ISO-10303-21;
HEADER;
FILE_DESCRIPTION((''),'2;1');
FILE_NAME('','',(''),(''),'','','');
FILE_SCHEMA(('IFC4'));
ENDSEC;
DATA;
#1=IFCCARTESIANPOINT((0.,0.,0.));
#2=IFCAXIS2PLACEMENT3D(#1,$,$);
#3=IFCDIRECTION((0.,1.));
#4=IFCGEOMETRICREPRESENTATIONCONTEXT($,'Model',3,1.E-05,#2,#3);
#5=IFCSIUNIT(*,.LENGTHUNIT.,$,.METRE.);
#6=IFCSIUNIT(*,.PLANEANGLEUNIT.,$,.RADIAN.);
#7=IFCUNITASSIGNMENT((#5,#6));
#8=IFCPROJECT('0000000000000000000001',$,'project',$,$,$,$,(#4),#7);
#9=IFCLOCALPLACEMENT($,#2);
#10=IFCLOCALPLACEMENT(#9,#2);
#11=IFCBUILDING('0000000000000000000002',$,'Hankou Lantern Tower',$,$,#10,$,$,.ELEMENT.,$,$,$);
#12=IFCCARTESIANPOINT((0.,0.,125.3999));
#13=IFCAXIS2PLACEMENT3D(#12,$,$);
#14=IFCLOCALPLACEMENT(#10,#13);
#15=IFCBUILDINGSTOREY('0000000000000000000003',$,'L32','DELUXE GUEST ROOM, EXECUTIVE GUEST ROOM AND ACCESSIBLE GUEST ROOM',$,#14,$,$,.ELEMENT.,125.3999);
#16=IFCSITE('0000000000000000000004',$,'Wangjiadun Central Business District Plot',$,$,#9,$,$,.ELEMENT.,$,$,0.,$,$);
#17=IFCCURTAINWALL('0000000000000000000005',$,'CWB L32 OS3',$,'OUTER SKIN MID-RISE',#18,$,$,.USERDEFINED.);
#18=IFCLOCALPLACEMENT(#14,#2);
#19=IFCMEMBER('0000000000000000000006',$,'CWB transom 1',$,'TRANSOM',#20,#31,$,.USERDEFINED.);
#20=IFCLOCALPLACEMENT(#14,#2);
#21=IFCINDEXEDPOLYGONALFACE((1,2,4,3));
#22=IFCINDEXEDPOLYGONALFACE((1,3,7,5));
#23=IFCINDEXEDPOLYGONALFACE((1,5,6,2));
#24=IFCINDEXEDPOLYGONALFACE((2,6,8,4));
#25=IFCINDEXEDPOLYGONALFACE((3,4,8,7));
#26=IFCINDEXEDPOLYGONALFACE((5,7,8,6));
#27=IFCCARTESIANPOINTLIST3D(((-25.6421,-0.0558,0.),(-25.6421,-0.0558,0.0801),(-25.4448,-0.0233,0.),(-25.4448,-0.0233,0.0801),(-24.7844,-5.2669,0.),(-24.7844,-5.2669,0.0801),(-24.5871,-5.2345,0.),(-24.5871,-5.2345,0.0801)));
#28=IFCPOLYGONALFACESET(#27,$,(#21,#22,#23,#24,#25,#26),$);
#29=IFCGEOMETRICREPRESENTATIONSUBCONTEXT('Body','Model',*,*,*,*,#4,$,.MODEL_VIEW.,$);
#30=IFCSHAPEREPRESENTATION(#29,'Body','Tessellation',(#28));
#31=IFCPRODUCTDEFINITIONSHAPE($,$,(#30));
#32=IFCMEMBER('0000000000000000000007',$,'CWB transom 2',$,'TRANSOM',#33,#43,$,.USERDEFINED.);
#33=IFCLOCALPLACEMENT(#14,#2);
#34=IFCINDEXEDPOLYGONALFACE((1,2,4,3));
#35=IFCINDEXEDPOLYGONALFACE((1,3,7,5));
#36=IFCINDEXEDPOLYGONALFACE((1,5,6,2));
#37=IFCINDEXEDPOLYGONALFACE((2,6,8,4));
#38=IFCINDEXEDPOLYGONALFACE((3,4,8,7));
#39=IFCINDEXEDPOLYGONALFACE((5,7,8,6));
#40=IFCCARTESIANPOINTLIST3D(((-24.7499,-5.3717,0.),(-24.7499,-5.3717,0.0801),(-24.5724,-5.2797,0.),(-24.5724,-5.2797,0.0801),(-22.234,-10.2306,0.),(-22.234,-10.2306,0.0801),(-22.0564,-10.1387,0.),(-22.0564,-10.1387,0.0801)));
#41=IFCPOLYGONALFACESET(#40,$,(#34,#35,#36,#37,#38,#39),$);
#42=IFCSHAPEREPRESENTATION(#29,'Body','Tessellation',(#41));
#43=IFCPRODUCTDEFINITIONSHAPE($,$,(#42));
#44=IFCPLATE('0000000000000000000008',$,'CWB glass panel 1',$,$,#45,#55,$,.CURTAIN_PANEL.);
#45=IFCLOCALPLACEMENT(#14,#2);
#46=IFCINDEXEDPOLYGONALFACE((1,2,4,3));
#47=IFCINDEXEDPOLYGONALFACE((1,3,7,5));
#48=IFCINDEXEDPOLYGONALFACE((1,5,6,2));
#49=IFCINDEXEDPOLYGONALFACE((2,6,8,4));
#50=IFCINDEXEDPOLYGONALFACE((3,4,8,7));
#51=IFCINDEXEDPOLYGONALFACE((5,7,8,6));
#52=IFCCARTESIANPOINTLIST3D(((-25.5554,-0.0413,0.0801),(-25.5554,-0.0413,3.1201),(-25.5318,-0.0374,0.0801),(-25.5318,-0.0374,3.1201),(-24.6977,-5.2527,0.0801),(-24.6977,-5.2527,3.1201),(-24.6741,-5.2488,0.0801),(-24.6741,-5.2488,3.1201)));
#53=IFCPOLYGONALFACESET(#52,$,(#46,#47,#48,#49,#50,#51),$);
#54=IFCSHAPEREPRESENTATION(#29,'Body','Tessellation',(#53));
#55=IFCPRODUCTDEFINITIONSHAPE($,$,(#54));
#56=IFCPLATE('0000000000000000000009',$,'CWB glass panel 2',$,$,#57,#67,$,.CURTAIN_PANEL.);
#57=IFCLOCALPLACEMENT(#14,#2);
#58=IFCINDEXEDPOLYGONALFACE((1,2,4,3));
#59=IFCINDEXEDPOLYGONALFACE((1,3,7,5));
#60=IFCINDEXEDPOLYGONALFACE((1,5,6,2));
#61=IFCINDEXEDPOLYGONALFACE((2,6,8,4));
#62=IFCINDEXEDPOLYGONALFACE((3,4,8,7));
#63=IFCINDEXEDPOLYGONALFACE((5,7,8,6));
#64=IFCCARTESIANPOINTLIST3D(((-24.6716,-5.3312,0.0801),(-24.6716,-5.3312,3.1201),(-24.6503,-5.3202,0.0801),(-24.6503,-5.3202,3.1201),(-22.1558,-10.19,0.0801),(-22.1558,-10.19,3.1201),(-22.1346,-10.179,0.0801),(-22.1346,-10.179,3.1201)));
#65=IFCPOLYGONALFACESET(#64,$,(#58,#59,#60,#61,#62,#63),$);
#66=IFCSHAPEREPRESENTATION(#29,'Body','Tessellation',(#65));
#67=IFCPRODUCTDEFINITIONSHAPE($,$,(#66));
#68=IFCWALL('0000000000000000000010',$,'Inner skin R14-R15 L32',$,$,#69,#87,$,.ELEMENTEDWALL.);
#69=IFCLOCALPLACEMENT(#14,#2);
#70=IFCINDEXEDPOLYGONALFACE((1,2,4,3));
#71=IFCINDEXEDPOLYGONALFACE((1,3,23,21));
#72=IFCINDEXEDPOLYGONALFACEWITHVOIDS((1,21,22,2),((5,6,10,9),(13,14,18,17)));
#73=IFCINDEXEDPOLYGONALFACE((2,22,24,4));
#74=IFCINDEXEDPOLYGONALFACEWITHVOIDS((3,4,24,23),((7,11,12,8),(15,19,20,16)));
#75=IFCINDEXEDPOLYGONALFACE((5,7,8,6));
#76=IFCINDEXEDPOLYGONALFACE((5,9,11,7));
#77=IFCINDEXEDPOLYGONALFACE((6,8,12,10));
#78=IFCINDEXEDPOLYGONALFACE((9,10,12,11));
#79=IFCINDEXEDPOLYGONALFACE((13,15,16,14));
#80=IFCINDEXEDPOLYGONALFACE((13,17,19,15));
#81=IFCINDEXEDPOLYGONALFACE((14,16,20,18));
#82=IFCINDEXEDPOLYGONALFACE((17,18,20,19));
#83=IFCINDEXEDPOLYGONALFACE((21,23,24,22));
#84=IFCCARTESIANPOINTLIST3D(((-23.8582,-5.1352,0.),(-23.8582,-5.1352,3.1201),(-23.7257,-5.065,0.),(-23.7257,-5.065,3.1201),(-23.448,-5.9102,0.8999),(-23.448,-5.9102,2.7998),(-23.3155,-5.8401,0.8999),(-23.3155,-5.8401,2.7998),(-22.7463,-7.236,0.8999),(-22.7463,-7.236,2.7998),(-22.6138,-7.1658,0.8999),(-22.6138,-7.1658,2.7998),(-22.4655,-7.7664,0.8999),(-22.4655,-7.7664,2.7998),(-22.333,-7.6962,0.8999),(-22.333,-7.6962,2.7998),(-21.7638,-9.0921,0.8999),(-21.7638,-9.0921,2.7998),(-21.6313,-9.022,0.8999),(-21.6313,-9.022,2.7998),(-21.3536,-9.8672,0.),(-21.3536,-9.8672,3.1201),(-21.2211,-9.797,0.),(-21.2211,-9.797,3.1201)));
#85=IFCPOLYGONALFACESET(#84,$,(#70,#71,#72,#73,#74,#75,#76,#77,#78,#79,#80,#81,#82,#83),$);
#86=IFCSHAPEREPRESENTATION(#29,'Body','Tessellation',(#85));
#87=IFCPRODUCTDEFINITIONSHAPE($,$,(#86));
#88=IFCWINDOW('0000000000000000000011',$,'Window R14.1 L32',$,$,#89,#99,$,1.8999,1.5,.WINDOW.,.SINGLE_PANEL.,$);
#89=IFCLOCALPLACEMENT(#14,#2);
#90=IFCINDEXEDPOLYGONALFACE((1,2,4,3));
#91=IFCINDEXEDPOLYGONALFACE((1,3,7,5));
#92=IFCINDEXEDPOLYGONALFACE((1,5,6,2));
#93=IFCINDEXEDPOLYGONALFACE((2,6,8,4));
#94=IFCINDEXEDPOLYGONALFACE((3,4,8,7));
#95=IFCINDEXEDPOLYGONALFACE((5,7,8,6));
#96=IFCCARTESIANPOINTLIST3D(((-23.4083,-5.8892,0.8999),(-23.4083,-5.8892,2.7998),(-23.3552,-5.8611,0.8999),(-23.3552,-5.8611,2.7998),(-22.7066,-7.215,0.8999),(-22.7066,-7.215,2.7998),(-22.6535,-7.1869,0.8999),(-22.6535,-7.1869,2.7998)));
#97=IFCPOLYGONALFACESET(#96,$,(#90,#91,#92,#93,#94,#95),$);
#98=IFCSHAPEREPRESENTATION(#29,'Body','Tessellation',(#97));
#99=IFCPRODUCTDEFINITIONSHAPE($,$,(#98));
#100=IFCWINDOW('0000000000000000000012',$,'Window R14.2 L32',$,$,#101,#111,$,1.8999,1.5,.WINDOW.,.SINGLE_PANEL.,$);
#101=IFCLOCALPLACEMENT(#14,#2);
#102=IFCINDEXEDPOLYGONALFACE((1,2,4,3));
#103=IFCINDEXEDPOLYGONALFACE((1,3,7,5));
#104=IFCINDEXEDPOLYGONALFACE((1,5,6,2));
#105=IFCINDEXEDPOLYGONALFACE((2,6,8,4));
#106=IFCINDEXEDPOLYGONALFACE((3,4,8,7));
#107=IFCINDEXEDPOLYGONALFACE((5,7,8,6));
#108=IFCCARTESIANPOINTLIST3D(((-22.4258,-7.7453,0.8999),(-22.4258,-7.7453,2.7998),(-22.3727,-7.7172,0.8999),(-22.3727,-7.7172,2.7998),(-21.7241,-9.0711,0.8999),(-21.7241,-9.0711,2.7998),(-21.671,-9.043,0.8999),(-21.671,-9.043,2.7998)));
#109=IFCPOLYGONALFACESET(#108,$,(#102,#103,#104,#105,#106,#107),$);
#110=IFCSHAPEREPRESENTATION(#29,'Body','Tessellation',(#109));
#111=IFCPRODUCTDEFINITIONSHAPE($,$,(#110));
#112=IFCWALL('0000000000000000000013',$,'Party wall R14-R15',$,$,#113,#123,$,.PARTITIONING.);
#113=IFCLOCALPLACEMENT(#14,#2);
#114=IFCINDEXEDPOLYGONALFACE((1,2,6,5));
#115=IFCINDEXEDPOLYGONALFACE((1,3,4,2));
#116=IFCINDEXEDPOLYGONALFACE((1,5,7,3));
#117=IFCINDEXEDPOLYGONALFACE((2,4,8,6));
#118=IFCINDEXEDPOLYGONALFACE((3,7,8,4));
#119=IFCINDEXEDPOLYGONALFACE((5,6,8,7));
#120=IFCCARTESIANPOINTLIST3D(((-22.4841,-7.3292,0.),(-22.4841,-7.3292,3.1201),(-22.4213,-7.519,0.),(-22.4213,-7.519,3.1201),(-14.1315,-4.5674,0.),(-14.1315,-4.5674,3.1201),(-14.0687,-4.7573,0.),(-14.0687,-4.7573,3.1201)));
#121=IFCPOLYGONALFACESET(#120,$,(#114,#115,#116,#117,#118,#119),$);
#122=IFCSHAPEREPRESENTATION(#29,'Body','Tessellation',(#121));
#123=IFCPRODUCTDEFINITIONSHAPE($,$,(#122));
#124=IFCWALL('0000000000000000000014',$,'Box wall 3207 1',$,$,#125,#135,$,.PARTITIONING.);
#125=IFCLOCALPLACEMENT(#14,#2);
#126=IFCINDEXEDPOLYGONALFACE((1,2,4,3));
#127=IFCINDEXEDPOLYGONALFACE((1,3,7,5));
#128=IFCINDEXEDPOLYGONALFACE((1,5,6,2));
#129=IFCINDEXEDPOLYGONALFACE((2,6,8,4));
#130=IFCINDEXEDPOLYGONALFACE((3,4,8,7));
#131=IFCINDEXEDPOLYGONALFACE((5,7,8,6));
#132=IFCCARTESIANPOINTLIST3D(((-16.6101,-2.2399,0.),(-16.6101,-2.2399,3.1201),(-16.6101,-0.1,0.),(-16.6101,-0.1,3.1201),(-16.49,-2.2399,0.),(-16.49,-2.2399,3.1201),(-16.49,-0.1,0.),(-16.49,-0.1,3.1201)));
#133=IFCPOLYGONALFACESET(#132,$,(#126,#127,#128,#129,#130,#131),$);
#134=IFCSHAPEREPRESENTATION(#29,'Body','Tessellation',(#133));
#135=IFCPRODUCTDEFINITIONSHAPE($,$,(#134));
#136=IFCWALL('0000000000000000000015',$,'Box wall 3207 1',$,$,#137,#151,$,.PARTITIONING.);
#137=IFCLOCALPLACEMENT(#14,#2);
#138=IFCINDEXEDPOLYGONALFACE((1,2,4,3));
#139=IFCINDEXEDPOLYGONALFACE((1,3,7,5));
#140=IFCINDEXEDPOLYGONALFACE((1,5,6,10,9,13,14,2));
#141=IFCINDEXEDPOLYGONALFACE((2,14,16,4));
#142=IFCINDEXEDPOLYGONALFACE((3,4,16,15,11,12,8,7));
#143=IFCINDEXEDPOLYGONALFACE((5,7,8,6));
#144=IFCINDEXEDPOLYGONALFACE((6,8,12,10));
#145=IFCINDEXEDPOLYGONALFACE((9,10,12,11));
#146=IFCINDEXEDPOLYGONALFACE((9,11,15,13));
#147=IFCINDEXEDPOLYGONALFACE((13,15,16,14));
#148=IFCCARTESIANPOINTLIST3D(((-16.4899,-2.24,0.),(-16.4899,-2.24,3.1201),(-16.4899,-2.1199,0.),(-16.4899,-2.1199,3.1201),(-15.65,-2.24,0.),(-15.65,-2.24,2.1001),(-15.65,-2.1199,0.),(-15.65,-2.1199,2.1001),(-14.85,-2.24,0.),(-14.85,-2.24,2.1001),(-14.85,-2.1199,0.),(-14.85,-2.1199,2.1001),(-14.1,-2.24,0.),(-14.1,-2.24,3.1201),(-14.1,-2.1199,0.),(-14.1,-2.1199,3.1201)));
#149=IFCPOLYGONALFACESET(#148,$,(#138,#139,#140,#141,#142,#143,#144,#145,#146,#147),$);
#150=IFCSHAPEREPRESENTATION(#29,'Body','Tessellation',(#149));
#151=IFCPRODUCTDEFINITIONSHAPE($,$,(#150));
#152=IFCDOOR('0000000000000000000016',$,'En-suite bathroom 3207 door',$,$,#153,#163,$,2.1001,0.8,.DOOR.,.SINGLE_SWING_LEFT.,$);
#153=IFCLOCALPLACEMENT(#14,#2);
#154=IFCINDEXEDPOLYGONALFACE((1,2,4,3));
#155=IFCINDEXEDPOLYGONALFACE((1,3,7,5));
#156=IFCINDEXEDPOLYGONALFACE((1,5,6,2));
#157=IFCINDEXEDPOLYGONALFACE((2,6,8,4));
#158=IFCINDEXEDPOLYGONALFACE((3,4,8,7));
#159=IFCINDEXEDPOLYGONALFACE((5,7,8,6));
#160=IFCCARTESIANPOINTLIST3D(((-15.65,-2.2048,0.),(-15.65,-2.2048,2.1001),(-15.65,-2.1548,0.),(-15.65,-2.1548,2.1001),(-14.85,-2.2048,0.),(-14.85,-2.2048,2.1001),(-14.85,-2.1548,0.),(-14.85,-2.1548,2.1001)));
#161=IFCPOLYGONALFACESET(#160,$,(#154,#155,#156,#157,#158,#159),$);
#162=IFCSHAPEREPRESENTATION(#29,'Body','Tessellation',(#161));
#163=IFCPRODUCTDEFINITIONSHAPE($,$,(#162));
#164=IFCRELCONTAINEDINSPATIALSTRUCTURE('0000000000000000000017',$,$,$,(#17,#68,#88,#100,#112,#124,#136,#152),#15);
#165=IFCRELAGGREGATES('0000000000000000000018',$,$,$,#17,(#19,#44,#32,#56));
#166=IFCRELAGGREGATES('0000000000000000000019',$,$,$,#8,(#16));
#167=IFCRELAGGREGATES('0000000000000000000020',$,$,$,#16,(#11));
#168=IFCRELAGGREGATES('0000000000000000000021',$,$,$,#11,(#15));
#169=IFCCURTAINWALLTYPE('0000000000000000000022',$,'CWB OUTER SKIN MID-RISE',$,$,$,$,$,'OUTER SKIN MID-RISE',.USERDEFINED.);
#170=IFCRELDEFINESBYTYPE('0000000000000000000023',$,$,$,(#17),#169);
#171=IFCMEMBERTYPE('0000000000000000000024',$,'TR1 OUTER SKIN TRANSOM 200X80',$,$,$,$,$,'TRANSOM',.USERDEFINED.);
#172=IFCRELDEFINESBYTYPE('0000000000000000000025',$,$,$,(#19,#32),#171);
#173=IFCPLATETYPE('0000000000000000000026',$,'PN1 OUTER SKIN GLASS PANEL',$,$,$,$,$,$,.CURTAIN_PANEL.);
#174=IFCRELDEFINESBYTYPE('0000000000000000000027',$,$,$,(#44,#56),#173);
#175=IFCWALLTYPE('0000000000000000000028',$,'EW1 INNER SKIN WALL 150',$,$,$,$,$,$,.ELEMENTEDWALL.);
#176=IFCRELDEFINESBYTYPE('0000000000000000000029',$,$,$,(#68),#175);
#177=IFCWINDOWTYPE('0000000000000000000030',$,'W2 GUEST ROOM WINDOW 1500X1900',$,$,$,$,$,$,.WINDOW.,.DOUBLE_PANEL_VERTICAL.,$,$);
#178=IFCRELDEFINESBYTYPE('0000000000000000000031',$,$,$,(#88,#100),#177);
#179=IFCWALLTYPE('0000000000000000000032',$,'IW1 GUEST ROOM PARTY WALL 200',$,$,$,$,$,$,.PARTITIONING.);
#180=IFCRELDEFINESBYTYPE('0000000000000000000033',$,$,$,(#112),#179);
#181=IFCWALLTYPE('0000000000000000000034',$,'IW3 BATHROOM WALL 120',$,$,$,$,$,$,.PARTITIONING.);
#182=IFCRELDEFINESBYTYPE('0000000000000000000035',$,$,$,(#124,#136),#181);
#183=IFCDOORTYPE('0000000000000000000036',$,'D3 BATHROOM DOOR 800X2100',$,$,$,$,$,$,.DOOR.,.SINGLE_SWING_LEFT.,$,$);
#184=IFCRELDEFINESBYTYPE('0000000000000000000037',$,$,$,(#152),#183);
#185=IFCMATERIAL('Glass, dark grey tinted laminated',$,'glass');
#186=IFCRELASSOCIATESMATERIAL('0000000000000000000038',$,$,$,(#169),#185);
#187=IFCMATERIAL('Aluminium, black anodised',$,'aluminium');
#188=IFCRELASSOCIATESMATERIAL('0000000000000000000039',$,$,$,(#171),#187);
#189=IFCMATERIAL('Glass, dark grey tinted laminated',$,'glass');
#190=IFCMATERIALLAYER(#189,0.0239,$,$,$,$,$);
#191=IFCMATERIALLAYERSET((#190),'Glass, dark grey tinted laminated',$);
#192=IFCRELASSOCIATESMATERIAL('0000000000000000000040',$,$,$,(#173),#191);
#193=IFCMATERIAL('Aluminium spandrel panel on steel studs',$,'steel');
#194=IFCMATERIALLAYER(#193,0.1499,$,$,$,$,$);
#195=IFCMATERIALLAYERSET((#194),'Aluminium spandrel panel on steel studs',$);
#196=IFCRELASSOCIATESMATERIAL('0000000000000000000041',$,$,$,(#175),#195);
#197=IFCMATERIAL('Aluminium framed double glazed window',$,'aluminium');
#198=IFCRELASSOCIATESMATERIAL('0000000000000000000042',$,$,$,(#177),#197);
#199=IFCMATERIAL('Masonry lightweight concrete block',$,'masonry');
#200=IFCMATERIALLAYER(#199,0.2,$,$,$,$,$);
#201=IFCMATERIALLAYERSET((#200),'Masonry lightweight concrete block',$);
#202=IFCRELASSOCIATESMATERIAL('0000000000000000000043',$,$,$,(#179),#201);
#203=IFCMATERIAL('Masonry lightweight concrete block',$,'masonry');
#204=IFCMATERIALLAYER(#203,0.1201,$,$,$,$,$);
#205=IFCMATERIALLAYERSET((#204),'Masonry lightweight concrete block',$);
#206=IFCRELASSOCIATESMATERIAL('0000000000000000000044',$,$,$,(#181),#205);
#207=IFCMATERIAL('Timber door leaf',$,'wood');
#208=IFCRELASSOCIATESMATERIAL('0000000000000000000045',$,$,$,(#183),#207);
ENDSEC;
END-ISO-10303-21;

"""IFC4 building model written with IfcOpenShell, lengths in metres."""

from ifc_helpers import new_model, si_unit, direction, frame, frame_2d, origin, origin_2d, place, context, subcontext, project, spatial, rectangle, extrude, material, layer, layer_set, material_profile, profile_set, type_object, element, fill, aggregate, save


model = new_model("IFC4")

# Units and contexts
model_context = context("Model", 3, precision=1e-05, world=origin(), true_north=direction((0.0, 1.0)))
body_context = subcontext(model_context, "Body", "Model", "MODEL_VIEW")
ifc_project = project(units=[si_unit("LENGTHUNIT", "METRE"), si_unit("PLANEANGLEUNIT", "RADIAN")], contexts=[model_context])

# Site, building, storey
site_placement = place(None, origin())
site = spatial("IfcSite", under=ifc_project, at=site_placement, Name="Wangjiadun Central Business District Plot", CompositionType="ELEMENT", RefElevation=0.0)
building_placement = place(site_placement, origin())
building = spatial("IfcBuilding", under=site, at=building_placement, Name="Hankou Lantern Tower", CompositionType="ELEMENT")
storey_placement = place(building_placement, frame((0.0, 0.0, 125.3999)))
storey = spatial("IfcBuildingStorey", under=building, at=storey_placement, Name="L32", Description="DELUXE GUEST ROOM, EXECUTIVE GUEST ROOM AND ACCESSIBLE GUEST ROOM", CompositionType="ELEMENT", Elevation=125.3999)

# Curtain wall
ifc_material_1 = material(Name="Glass, dark grey tinted laminated", Category="glass")
curtain_wall_type = type_object("IfcCurtainWallType", Name="CWB OUTER SKIN MID-RISE", ElementType="OUTER SKIN MID-RISE", PredefinedType="USERDEFINED", material=ifc_material_1)
curtain_wall_placement = place(storey_placement, origin())
curtain_wall = element("IfcCurtainWall", 1, at=curtain_wall_placement, inside=storey, type_object=curtain_wall_type, Name="CWB L32 OS3", ObjectType="OUTER SKIN MID-RISE", PredefinedType="USERDEFINED")

# Members
ifc_material_2 = material(Name="Aluminium, black anodised", Category="aluminium")
ifc_material_profile_1 = material_profile(ifc_material_2, rectangle(XDim=0.2, YDim=0.0801, at=origin_2d()), Name="TR1 200X80")
ifc_profile_set_1 = profile_set([ifc_material_profile_1], Name="Aluminium, black anodised")
member_type_1 = type_object("IfcMemberType", Name="TR1 OUTER SKIN TRANSOM 200X80", ElementType="TRANSOM", PredefinedType="USERDEFINED", material=ifc_profile_set_1)
member_1_placement = place(storey_placement, frame((-25.5435, -0.0396, 0.04), z_axis=(0.162397, -0.986725, 0.0), x_axis=(0.986725, 0.162397, 0.0)))
member_1 = element("IfcMember", 2, at=member_1_placement, type_object=member_type_1, Name="CWB transom 1", ObjectType="TRANSOM", PredefinedType="USERDEFINED", context=body_context, shape_type="SweptSolid", body=[
    extrude(rectangle(XDim=0.2, YDim=0.0801, at=origin_2d()), origin(), (0.0, 0.0, 1.0), 5.2812),
])
member_2_placement = place(storey_placement, frame((-24.6611, -5.3257, 0.04), z_axis=(0.459805, -0.88802, 0.0), x_axis=(0.88802, 0.459805, 0.0)))
member_2 = element("IfcMember", 3, at=member_2_placement, type_object=member_type_1, Name="CWB transom 2", ObjectType="TRANSOM", PredefinedType="USERDEFINED", context=body_context, shape_type="SweptSolid", body=[
    extrude(rectangle(XDim=0.2, YDim=0.0801, at=origin_2d()), origin(), (0.0, 0.0, 1.0), 5.4717),
])

# Plates
ifc_material_3 = material(Name="Glass, dark grey tinted laminated", Category="glass")
ifc_layer_1 = layer(ifc_material_3, 0.0239)
ifc_layer_set_1 = layer_set([ifc_layer_1], Name="Glass, dark grey tinted laminated")
plate_type = type_object("IfcPlateType", Name="PN1 OUTER SKIN GLASS PANEL", PredefinedType="CURTAIN_PANEL", material=ifc_layer_set_1)
plate_1_placement = place(storey_placement, frame((-25.1147, -2.645, 0.0801), z_axis=(0.0, 0.0, 1.0), x_axis=(0.162382, -0.986728, 0.0)))
plate_1 = element("IfcPlate", 4, at=plate_1_placement, type_object=plate_type, Name="CWB glass panel 1", PredefinedType="CURTAIN_PANEL", context=body_context, shape_type="SweptSolid", body=[
    extrude(rectangle(XDim=5.2815, YDim=0.0239, at=origin_2d()), origin(), (0.0, 0.0, 1.0), 3.04),
])
plate_2_placement = place(storey_placement, frame((-23.4031, -7.7551, 0.0801), z_axis=(0.0, 0.0, 1.0), x_axis=(0.459791, -0.888027, 0.0)))
plate_2 = element("IfcPlate", 5, at=plate_2_placement, type_object=plate_type, Name="CWB glass panel 2", PredefinedType="CURTAIN_PANEL", context=body_context, shape_type="SweptSolid", body=[
    extrude(rectangle(XDim=5.4714, YDim=0.0239, at=origin_2d()), origin(), (0.0, 0.0, 1.0), 3.04),
])
aggregate(curtain_wall, [member_1, plate_1, member_2, plate_2])

# Wall, openings, windows
ifc_material_4 = material(Name="Aluminium spandrel panel on steel studs", Category="steel")
ifc_layer_2 = layer(ifc_material_4, 0.1499)
ifc_layer_set_2 = layer_set([ifc_layer_2], Name="Aluminium spandrel panel on steel studs")
wall_type_1 = type_object("IfcWallType", Name="EW1 INNER SKIN WALL 150", PredefinedType="ELEMENTEDWALL", material=ifc_layer_set_2)
wall_1_placement = place(storey_placement, frame((-23.792, -5.1001, 0.0), z_axis=(0.0, 0.0, 1.0), x_axis=(0.467814, -0.883827, 0.0)))
wall_1 = element("IfcWall", 6, at=wall_1_placement, inside=storey, type_object=wall_type_1, Name="Inner skin R14-R15 L32", PredefinedType="ELEMENTEDWALL", context=body_context, shape_type="SweptSolid", body=[
    extrude(rectangle(XDim=5.354, YDim=0.1499, at=frame_2d((2.677, 0.0))), origin(), (0.0, 0.0, 1.0), 3.1201),
])
opening_1_placement = place(wall_1_placement, frame((0.877, 0.0, 0.8999)))
opening_1 = element("IfcOpeningElement", 7, at=opening_1_placement, cuts=wall_1, PredefinedType="OPENING", context=body_context, shape_type="SweptSolid", body=[
    extrude(rectangle(XDim=1.5, YDim=1.8999, at=frame_2d((0.75, 0.95))), frame((0.0, 0.085, 0.0), z_axis=(0.0, -1.0, 0.0), x_axis=(1.0, 0.0, 0.0)), (0.0, 0.0, 1.0), 0.1699),
])
opening_2_placement = place(wall_1_placement, frame((2.9771, 0.0, 0.8999)))
opening_2 = element("IfcOpeningElement", 8, at=opening_2_placement, cuts=wall_1, PredefinedType="OPENING", context=body_context, shape_type="SweptSolid", body=[
    extrude(rectangle(XDim=1.5, YDim=1.8999, at=frame_2d((0.75, 0.95))), frame((0.0, 0.085, 0.0), z_axis=(0.0, -1.0, 0.0), x_axis=(1.0, 0.0, 0.0)), (0.0, 0.0, 1.0), 0.1699),
])
ifc_material_5 = material(Name="Aluminium framed double glazed window", Category="aluminium")
window_type = type_object("IfcWindowType", Name="W2 GUEST ROOM WINDOW 1500X1900", PartitioningType="DOUBLE_PANEL_VERTICAL", PredefinedType="WINDOW", material=ifc_material_5)
window_1_placement = place(opening_1_placement, origin())
window_1 = element("IfcWindow", 9, at=window_1_placement, inside=storey, type_object=window_type, Name="Window R14.1 L32", OverallHeight=1.8999, OverallWidth=1.5, PartitioningType="SINGLE_PANEL", PredefinedType="WINDOW", context=body_context, shape_type="SweptSolid", body=[
    extrude(rectangle(XDim=1.5, YDim=1.8999, at=frame_2d((0.75, 0.95))), frame((0.0, 0.03, 0.0), z_axis=(0.0, -1.0, 0.0), x_axis=(1.0, 0.0, 0.0)), (0.0, 0.0, 1.0), 0.0601),
])
fill(opening_1, window_1)
window_2_placement = place(opening_2_placement, origin())
window_2 = element("IfcWindow", 10, at=window_2_placement, inside=storey, type_object=window_type, Name="Window R14.2 L32", OverallHeight=1.8999, OverallWidth=1.5, PartitioningType="SINGLE_PANEL", PredefinedType="WINDOW", context=body_context, shape_type="SweptSolid", body=[
    extrude(rectangle(XDim=1.5, YDim=1.8999, at=frame_2d((0.75, 0.95))), frame((0.0, 0.03, 0.0), z_axis=(0.0, -1.0, 0.0), x_axis=(1.0, 0.0, 0.0)), (0.0, 0.0, 1.0), 0.0601),
])
fill(opening_2, window_2)

# Walls
ifc_material_6 = material(Name="Masonry lightweight concrete block", Category="masonry")
ifc_layer_3 = layer(ifc_material_6, 0.2)
ifc_layer_set_3 = layer_set([ifc_layer_3], Name="Masonry lightweight concrete block")
wall_type_2 = type_object("IfcWallType", Name="IW1 GUEST ROOM PARTY WALL 200", PredefinedType="PARTITIONING", material=ifc_layer_set_3)
wall_2_placement = place(storey_placement, frame((-14.1001, -4.6624, 0.0), z_axis=(0.0, 0.0, 1.0), x_axis=(-0.949446, -0.313929, 0.0)))
element("IfcWall", 11, at=wall_2_placement, inside=storey, type_object=wall_type_2, Name="Party wall R14-R15", PredefinedType="PARTITIONING", context=body_context, shape_type="SweptSolid", body=[
    extrude(rectangle(XDim=8.7974, YDim=0.2, at=frame_2d((4.3987, 0.0))), origin(), (0.0, 0.0, 1.0), 3.1201),
])
ifc_material_7 = material(Name="Masonry lightweight concrete block", Category="masonry")
ifc_layer_4 = layer(ifc_material_7, 0.1201)
ifc_layer_set_4 = layer_set([ifc_layer_4], Name="Masonry lightweight concrete block")
wall_type_3 = type_object("IfcWallType", Name="IW3 BATHROOM WALL 120", PredefinedType="PARTITIONING", material=ifc_layer_set_4)
wall_3_placement = place(storey_placement, frame((-16.55, -0.1001, 0.0), z_axis=(0.0, 0.0, 1.0), x_axis=(0.0, -1.0, 0.0)))
element("IfcWall", 12, at=wall_3_placement, inside=storey, type_object=wall_type_3, Name="Box wall 3207 1", PredefinedType="PARTITIONING", context=body_context, shape_type="SweptSolid", body=[
    extrude(rectangle(XDim=2.1399, YDim=0.1201, at=frame_2d((1.0698, 0.0))), origin(), (0.0, 0.0, 1.0), 3.1201),
])

# Wall, opening, door
wall_4_placement = place(storey_placement, frame((-14.1001, -2.1799, 0.0), z_axis=(0.0, 0.0, 1.0), x_axis=(-1.0, 0.0, 0.0)))
wall_4 = element("IfcWall", 13, at=wall_4_placement, inside=storey, type_object=wall_type_3, Name="Box wall 3207 1", PredefinedType="PARTITIONING", context=body_context, shape_type="SweptSolid", body=[
    extrude(rectangle(XDim=2.3899, YDim=0.1201, at=frame_2d((1.1948, 0.0))), origin(), (0.0, 0.0, 1.0), 3.1201),
])
opening_3_placement = place(wall_4_placement, frame((0.75, 0.0, 0.0)))
opening_3 = element("IfcOpeningElement", 14, at=opening_3_placement, cuts=wall_4, PredefinedType="OPENING", context=body_context, shape_type="SweptSolid", body=[
    extrude(rectangle(XDim=0.8, YDim=2.1001, at=frame_2d((0.3999, 1.05))), frame((0.0, 0.0701, 0.0), z_axis=(0.0, -1.0, 0.0), x_axis=(1.0, 0.0, 0.0)), (0.0, 0.0, 1.0), 0.1401),
])
ifc_material_8 = material(Name="Timber door leaf", Category="wood")
door_type = type_object("IfcDoorType", Name="D3 BATHROOM DOOR 800X2100", OperationType="SINGLE_SWING_LEFT", PredefinedType="DOOR", material=ifc_material_8)
door_1_placement = place(opening_3_placement, origin())
door_1 = element("IfcDoor", 15, at=door_1_placement, inside=storey, type_object=door_type, Name="En-suite bathroom 3207 door", OperationType="SINGLE_SWING_LEFT", OverallHeight=2.1001, OverallWidth=0.8, PredefinedType="DOOR", context=body_context, shape_type="SweptSolid", body=[
    extrude(rectangle(XDim=0.8, YDim=2.1001, at=frame_2d((0.3999, 1.05))), frame((0.0, 0.0249, 0.0), z_axis=(0.0, -1.0, 0.0), x_axis=(1.0, 0.0, 0.0)), (0.0, 0.0, 1.0), 0.05),
])
fill(opening_3, door_1)

save(model, "model.ifc")
